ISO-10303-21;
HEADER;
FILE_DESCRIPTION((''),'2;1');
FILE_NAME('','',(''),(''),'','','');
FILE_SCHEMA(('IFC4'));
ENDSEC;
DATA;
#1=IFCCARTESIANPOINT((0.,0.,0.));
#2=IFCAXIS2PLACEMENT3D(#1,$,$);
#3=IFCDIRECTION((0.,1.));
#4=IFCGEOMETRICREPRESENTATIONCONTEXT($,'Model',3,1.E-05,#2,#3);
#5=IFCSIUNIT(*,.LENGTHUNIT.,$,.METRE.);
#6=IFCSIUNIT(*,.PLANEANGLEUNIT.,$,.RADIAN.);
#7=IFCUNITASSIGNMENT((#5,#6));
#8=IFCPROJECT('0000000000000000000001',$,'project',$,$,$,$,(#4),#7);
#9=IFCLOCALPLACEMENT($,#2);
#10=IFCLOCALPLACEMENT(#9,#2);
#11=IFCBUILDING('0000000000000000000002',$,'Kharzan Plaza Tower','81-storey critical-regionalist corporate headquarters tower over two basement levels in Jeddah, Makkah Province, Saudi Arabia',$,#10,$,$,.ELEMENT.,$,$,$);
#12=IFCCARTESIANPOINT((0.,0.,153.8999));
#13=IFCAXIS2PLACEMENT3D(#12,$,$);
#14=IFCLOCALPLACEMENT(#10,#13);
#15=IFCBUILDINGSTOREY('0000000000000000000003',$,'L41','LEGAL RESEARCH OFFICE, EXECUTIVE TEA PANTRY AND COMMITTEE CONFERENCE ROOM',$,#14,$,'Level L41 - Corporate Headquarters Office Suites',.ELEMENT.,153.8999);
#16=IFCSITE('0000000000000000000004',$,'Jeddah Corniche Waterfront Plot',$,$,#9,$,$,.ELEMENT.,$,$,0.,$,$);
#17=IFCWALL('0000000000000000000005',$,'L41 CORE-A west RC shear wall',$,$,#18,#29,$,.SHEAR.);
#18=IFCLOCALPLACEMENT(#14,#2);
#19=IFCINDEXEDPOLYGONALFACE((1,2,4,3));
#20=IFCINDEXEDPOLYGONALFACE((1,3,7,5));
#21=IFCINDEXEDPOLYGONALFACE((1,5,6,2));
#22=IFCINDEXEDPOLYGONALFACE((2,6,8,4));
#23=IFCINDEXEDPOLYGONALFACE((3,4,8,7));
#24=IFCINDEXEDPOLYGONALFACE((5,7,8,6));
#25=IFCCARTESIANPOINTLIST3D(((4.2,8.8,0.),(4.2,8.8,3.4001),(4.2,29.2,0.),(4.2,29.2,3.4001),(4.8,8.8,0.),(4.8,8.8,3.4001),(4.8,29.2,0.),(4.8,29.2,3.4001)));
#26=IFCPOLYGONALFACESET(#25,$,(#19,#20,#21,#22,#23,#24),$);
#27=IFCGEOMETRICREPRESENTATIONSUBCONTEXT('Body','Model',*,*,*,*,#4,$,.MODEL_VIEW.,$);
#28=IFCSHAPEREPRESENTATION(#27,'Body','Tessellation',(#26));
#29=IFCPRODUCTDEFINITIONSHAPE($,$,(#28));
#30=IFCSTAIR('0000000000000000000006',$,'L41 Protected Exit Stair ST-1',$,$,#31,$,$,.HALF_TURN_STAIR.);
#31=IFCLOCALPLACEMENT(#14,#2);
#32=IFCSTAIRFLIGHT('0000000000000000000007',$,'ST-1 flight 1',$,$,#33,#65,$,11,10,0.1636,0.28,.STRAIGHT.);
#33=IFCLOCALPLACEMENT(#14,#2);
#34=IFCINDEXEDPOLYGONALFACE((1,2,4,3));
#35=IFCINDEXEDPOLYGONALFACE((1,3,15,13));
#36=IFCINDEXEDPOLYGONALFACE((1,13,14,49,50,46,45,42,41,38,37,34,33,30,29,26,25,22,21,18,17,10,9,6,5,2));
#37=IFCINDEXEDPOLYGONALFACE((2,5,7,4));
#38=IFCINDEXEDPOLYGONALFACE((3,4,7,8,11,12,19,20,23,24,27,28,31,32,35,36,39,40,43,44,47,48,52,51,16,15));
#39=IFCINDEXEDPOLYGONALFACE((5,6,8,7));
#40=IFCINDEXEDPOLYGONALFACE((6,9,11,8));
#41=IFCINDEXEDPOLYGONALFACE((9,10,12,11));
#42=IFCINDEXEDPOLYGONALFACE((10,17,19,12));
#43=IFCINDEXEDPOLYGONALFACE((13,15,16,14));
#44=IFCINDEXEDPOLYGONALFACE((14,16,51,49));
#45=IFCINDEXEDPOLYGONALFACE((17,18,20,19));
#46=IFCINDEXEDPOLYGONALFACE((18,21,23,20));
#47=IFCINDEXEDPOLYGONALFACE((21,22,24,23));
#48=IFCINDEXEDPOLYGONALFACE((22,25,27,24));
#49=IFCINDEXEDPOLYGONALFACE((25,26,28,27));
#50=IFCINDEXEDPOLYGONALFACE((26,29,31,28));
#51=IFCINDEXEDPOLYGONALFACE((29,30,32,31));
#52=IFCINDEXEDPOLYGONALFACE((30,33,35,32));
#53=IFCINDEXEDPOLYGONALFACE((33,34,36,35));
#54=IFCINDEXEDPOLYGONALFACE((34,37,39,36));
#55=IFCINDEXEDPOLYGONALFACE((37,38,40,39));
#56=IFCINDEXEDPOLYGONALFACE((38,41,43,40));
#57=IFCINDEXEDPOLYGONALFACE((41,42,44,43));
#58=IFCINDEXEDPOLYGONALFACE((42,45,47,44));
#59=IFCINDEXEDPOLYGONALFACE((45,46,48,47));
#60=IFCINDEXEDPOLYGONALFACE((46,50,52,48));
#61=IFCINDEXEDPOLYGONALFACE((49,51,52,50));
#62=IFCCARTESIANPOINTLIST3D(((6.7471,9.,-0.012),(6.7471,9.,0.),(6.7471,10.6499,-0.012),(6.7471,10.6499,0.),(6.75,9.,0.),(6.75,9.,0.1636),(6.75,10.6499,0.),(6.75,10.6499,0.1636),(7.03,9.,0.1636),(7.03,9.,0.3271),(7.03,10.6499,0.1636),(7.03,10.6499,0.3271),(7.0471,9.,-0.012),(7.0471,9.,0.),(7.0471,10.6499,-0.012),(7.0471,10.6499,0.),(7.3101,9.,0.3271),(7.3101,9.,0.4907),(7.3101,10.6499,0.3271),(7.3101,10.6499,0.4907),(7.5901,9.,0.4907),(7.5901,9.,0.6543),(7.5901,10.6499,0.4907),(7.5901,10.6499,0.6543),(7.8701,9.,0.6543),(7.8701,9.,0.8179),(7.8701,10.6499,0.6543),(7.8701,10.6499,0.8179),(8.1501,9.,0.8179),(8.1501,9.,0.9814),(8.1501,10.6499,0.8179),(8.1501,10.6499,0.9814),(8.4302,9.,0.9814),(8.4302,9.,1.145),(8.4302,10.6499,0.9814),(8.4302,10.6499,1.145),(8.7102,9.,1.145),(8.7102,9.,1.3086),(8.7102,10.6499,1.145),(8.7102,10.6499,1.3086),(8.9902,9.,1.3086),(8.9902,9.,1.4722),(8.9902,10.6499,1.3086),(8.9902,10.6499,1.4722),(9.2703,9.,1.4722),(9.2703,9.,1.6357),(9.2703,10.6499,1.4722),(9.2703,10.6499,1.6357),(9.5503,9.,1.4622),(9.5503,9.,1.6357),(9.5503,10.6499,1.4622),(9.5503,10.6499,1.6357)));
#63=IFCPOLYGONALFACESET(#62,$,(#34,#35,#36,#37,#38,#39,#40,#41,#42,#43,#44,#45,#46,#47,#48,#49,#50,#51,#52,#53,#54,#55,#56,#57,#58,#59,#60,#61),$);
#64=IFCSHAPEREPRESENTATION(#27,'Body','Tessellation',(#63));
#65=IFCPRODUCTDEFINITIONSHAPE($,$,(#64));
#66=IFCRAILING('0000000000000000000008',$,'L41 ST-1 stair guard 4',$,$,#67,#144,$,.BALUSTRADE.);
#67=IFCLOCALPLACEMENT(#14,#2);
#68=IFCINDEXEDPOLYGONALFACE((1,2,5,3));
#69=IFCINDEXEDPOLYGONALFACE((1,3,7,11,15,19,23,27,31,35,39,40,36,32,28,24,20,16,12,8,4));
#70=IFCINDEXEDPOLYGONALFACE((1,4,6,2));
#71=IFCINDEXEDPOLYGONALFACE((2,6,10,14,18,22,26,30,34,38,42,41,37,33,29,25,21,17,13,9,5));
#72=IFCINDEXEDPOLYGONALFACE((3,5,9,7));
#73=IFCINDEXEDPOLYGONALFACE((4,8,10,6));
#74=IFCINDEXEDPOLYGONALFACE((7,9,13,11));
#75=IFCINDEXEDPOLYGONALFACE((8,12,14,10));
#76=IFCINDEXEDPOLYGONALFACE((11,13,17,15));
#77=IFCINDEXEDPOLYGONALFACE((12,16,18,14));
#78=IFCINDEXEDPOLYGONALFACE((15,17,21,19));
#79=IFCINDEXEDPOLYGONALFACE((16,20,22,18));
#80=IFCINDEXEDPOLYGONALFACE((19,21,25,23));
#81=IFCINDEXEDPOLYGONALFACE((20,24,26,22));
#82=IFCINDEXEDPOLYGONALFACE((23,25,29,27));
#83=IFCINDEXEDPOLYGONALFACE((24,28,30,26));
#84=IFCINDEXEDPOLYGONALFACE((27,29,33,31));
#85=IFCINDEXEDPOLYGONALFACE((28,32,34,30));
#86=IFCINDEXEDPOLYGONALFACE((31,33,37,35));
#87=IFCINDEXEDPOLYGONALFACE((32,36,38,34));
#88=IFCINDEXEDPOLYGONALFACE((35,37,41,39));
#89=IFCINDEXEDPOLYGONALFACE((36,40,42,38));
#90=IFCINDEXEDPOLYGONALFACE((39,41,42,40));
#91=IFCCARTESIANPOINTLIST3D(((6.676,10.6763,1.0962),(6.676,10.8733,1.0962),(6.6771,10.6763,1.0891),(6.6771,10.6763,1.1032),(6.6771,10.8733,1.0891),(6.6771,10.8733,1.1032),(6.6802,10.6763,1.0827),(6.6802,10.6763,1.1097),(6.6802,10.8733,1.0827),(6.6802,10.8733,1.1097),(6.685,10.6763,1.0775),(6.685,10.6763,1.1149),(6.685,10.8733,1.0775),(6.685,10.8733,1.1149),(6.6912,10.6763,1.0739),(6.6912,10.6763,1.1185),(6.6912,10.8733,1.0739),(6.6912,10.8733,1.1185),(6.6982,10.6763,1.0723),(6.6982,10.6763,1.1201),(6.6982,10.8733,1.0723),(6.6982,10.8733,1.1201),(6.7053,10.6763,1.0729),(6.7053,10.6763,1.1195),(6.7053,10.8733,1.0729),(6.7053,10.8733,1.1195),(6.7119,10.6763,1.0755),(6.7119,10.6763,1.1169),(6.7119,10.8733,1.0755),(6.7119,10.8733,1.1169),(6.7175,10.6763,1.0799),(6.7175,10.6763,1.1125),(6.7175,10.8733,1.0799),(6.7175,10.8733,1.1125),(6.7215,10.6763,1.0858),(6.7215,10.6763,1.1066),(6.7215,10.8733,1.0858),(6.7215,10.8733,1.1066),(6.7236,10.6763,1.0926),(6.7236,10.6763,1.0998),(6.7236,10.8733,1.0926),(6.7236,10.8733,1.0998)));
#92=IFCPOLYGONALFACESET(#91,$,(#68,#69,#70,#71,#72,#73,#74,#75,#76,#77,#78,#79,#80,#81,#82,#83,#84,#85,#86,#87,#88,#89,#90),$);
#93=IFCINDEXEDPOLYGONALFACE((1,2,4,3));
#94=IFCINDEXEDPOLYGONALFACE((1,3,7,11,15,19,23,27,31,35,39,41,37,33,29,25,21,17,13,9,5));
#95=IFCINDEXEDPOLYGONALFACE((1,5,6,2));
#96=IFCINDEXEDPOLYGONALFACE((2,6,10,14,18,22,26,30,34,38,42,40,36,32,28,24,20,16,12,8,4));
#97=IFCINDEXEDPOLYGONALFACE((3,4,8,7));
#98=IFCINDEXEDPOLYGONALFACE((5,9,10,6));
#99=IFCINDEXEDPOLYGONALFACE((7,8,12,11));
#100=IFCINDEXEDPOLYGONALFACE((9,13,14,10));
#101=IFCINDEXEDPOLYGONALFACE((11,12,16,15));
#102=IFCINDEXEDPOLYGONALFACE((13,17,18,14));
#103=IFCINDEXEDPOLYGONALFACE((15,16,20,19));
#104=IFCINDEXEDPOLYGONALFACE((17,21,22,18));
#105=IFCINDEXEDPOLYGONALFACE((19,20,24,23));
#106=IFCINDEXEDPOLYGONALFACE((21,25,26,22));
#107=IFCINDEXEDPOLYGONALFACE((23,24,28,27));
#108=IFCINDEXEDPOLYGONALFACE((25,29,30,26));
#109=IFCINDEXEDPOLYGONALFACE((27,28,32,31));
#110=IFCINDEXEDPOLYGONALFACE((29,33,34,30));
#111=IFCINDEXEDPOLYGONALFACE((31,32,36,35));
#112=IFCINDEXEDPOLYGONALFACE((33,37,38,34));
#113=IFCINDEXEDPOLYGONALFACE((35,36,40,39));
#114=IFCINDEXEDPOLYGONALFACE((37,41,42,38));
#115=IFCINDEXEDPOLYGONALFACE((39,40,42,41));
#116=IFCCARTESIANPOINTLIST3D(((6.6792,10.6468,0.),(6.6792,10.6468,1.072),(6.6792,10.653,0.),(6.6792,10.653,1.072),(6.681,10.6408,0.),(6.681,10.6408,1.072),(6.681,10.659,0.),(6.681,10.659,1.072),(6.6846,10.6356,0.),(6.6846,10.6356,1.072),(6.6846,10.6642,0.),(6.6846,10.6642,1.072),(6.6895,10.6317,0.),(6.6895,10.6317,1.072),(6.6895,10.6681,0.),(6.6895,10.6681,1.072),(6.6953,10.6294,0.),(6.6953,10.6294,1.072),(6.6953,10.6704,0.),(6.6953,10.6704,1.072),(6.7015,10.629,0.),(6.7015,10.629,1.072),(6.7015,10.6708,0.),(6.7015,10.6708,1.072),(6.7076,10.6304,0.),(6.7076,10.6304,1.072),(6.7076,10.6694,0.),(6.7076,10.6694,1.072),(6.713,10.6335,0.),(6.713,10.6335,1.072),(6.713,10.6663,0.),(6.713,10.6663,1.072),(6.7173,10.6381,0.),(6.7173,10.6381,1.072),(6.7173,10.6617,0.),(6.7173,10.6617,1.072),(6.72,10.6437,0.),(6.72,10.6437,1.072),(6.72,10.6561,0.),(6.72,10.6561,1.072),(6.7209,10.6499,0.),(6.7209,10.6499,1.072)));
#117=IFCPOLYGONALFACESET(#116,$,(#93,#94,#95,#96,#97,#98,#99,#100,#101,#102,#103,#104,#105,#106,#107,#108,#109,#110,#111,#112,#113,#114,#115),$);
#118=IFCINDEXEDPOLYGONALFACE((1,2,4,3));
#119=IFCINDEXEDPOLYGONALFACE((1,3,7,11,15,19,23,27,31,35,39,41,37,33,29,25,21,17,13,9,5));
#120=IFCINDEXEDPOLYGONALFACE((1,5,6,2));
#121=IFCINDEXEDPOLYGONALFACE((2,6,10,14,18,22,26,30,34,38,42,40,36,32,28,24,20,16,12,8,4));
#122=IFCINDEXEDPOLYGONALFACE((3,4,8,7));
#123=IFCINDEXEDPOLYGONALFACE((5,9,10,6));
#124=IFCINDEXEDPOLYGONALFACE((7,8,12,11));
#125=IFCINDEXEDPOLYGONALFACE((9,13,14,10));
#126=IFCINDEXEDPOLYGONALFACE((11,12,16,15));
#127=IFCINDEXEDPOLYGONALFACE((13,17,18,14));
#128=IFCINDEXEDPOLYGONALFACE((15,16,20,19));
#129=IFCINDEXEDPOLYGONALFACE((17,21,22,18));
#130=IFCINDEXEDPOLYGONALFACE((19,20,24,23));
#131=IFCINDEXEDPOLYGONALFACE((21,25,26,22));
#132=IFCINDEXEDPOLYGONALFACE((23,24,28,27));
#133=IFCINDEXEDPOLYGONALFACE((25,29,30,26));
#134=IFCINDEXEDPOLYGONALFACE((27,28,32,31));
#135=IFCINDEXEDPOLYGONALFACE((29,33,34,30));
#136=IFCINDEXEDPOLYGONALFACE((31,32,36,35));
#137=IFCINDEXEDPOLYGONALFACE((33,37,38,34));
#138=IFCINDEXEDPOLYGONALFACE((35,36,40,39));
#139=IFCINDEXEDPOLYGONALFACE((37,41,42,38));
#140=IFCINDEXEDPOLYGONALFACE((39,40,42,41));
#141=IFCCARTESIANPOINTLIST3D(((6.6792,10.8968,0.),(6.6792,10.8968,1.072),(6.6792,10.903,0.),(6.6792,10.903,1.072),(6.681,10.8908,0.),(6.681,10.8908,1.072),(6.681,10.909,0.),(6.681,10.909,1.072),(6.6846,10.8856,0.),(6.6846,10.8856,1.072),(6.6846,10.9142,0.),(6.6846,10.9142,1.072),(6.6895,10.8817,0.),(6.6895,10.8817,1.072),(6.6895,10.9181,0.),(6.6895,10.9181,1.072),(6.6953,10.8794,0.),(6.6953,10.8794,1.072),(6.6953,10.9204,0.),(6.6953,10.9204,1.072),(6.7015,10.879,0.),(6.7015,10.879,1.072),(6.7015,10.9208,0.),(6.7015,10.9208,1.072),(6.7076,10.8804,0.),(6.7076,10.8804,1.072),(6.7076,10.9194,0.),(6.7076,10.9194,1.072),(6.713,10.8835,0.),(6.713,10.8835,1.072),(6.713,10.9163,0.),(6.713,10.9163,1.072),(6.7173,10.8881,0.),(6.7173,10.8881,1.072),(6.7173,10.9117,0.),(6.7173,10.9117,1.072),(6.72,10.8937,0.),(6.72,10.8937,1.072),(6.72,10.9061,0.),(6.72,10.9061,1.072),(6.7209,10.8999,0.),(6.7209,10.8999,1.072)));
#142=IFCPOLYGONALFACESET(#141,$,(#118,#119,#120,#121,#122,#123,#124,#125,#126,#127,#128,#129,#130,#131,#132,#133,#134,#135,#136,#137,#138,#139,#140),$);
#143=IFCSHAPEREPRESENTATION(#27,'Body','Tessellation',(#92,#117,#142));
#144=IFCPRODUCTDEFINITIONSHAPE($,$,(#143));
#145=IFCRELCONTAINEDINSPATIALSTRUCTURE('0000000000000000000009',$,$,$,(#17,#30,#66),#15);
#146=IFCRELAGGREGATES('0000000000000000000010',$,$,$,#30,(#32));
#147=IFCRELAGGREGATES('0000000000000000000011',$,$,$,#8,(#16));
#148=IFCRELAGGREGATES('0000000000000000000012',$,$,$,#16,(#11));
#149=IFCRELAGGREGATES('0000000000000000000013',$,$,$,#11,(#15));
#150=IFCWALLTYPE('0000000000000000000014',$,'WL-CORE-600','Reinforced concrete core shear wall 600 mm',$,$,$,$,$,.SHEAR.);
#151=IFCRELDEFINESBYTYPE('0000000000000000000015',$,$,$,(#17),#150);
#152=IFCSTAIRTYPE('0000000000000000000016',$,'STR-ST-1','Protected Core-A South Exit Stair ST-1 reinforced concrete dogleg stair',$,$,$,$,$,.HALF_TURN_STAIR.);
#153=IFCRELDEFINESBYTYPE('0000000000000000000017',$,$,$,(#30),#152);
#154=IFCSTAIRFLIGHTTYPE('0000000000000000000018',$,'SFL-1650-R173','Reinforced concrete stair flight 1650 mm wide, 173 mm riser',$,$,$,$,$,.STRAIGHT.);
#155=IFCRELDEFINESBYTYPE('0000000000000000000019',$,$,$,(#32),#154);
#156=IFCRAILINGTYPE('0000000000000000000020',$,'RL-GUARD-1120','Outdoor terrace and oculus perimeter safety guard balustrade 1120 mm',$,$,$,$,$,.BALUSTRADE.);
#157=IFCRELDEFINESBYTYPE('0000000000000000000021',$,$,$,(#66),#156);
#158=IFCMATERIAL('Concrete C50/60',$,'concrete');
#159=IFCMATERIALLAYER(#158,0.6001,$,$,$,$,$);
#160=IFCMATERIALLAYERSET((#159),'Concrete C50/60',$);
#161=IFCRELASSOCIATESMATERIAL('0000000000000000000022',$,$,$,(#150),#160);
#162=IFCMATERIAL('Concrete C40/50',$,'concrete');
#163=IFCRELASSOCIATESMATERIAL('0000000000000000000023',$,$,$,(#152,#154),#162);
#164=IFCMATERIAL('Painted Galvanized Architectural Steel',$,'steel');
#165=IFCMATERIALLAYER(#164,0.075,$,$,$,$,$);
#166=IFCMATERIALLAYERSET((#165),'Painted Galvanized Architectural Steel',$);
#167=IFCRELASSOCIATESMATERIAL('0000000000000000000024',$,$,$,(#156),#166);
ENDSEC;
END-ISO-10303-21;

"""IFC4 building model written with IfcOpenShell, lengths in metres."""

from ifc_helpers import new_model, si_unit, direction, frame, frame_2d, origin, origin_2d, place, context, subcontext, project, spatial, polyline, rectangle, circle, outline, extrude, source, transform, mapped, material, layer, layer_set, type_object, element, aggregate, save


model = new_model("IFC4")

# Units and contexts
model_context = context("Model", 3, precision=1e-05, world=origin(), true_north=direction((0.0, 1.0)))
body_context = subcontext(model_context, "Body", "Model", "MODEL_VIEW")
ifc_project = project(units=[si_unit("LENGTHUNIT", "METRE"), si_unit("PLANEANGLEUNIT", "RADIAN")], contexts=[model_context])

# Site, building, storey
site_placement = place(None, origin())
site = spatial("IfcSite", under=ifc_project, at=site_placement, Name="Jeddah Corniche Waterfront Plot", CompositionType="ELEMENT", RefElevation=0.0)
building_placement = place(site_placement, origin())
building = spatial("IfcBuilding", under=site, at=building_placement, Name="Kharzan Plaza Tower", Description="81-storey critical-regionalist corporate headquarters tower over two basement levels in Jeddah, Makkah Province, Saudi Arabia", CompositionType="ELEMENT")
storey_placement = place(building_placement, frame((0.0, 0.0, 153.8999)))
storey = spatial("IfcBuildingStorey", under=building, at=storey_placement, Name="L41", Description="LEGAL RESEARCH OFFICE, EXECUTIVE TEA PANTRY AND COMMITTEE CONFERENCE ROOM", LongName="Level L41 - Corporate Headquarters Office Suites", CompositionType="ELEMENT", Elevation=153.8999)

# Shared definitions
ifc_material_1 = material(Name="Concrete C50/60", Category="concrete")

# Shared definitions
ifc_material_2 = material(Name="Concrete C40/50", Category="concrete")

# Wall
ifc_layer_1 = layer(ifc_material_1, 0.6001)
ifc_layer_set_1 = layer_set([ifc_layer_1], Name="Concrete C50/60")
wall_type_1 = type_object("IfcWallType", Name="WL-CORE-600", Description="Reinforced concrete core shear wall 600 mm", PredefinedType="SHEAR", material=ifc_layer_set_1)
shared_shape_1 = source(origin(), body_context, "Body", "SweptSolid", [
    extrude(rectangle(XDim=20.3999, YDim=0.6001, at=frame_2d((10.2, 0.0))), origin(), (0.0, 0.0, 1.0), 3.4001),
])
wall_1_placement = place(storey_placement, frame((4.5, 8.8, 0.0), z_axis=(0.0, 0.0, 1.0), x_axis=(0.0, 1.0, 0.0)))
element("IfcWall", 1, at=wall_1_placement, inside=storey, type_object=wall_type_1, Name="L41 CORE-A west RC shear wall", PredefinedType="SHEAR", context=body_context, shape_type="MappedRepresentation", body=[
    mapped(shared_shape_1, transform((0.0, 0.0, 0.0), x_axis=(1.0, 0.0, 0.0), y_axis=(0.0, 1.0, 0.0), z_axis=(0.0, 0.0, 1.0))),
])

# Stair, stair flight
stair_type = type_object("IfcStairType", Name="STR-ST-1", Description="Protected Core-A South Exit Stair ST-1 reinforced concrete dogleg stair", PredefinedType="HALF_TURN_STAIR", material=ifc_material_2)
stair_placement = place(storey_placement, origin())
stair = element("IfcStair", 2, at=stair_placement, inside=storey, type_object=stair_type, Name="L41 Protected Exit Stair ST-1", PredefinedType="HALF_TURN_STAIR")
stair_flight_type = type_object("IfcStairFlightType", Name="SFL-1650-R173", Description="Reinforced concrete stair flight 1650 mm wide, 173 mm riser", PredefinedType="STRAIGHT", material=ifc_material_2)
shared_shape_2 = source(origin(), body_context, "Body", "SweptSolid", [
    extrude(outline(polyline([(-0.0029, -0.012), (-0.0029, 0.0), (0.0, 0.0), (0.0, 0.1636), (0.28, 0.1636), (0.28, 0.3271), (0.5601, 0.3271), (0.5601, 0.4907), (0.8401, 0.4907), (0.8401, 0.6543), (1.1201, 0.6543), (1.1201, 0.8179), (1.4001, 0.8179), (1.4001, 0.9814), (1.6802, 0.9814), (1.6802, 1.145), (1.9602, 1.145), (1.9602, 1.3086), (2.2402, 1.3086), (2.2402, 1.4722), (2.5203, 1.4722), (2.5203, 1.6357), (2.8003, 1.6357), (2.8003, 1.7993), (2.8003, 1.4622), (0.2971, 0.0), (0.2971, -0.012), (-0.0029, -0.012)])), frame((0.0, 0.825, 0.0), z_axis=(0.0, -1.0, 0.0), x_axis=(1.0, 0.0, 0.0)), (0.0, 0.0, 1.0), 1.6499),
])
stair_flight_placement = place(storey_placement, frame((6.75, 9.825, 0.0), z_axis=(0.0, 0.0, 1.0), x_axis=(1.0, 0.0, 0.0)))
stair_flight = element("IfcStairFlight", 3, at=stair_flight_placement, type_object=stair_flight_type, Name="ST-1 flight 1", NumberOfRisers=11, NumberOfTreads=10, PredefinedType="STRAIGHT", RiserHeight=0.1636, TreadLength=0.28, context=body_context, shape_type="MappedRepresentation", body=[
    mapped(shared_shape_2, transform((0.0, 0.0, 0.0), x_axis=(1.0, 0.0, 0.0), y_axis=(0.0, 1.0, 0.0), z_axis=(0.0, 0.0, 1.0))),
])
aggregate(stair, [stair_flight])

# Railing
ifc_material_3 = material(Name="Painted Galvanized Architectural Steel", Category="steel")
ifc_layer_2 = layer(ifc_material_3, 0.075)
ifc_layer_set_2 = layer_set([ifc_layer_2], Name="Painted Galvanized Architectural Steel")
railing_type_1 = type_object("IfcRailingType", Name="RL-GUARD-1120", Description="Outdoor terrace and oculus perimeter safety guard balustrade 1120 mm", PredefinedType="BALUSTRADE", material=ifc_layer_set_2)
shared_shape_3 = source(origin(), body_context, "Body", "SweptSolid", [
    extrude(circle(Radius=0.0239, at=origin_2d()), frame((0.0, 0.0264, 1.0962), z_axis=(0.0, 1.0, 0.0), x_axis=(-1.0, 0.0, 0.0)), (0.0, 0.0, 1.0), 0.197),
    extrude(circle(Radius=0.021, at=origin_2d()), origin(), (0.0, 0.0, 1.0), 1.072),
    extrude(circle(Radius=0.021, at=origin_2d()), frame((0.0, 0.25, 0.0)), (0.0, 0.0, 1.0), 1.072),
])
railing_1_placement = place(storey_placement, frame((6.7, 10.6499, 0.0)))
element("IfcRailing", 4, at=railing_1_placement, inside=storey, type_object=railing_type_1, Name="L41 ST-1 stair guard 4", PredefinedType="BALUSTRADE", context=body_context, shape_type="MappedRepresentation", body=[
    mapped(shared_shape_3, transform((0.0, 0.0, 0.0), x_axis=(1.0, 0.0, 0.0), y_axis=(0.0, 1.0, 0.0), z_axis=(0.0, 0.0, 1.0))),
])

save(model, "model.ifc")
